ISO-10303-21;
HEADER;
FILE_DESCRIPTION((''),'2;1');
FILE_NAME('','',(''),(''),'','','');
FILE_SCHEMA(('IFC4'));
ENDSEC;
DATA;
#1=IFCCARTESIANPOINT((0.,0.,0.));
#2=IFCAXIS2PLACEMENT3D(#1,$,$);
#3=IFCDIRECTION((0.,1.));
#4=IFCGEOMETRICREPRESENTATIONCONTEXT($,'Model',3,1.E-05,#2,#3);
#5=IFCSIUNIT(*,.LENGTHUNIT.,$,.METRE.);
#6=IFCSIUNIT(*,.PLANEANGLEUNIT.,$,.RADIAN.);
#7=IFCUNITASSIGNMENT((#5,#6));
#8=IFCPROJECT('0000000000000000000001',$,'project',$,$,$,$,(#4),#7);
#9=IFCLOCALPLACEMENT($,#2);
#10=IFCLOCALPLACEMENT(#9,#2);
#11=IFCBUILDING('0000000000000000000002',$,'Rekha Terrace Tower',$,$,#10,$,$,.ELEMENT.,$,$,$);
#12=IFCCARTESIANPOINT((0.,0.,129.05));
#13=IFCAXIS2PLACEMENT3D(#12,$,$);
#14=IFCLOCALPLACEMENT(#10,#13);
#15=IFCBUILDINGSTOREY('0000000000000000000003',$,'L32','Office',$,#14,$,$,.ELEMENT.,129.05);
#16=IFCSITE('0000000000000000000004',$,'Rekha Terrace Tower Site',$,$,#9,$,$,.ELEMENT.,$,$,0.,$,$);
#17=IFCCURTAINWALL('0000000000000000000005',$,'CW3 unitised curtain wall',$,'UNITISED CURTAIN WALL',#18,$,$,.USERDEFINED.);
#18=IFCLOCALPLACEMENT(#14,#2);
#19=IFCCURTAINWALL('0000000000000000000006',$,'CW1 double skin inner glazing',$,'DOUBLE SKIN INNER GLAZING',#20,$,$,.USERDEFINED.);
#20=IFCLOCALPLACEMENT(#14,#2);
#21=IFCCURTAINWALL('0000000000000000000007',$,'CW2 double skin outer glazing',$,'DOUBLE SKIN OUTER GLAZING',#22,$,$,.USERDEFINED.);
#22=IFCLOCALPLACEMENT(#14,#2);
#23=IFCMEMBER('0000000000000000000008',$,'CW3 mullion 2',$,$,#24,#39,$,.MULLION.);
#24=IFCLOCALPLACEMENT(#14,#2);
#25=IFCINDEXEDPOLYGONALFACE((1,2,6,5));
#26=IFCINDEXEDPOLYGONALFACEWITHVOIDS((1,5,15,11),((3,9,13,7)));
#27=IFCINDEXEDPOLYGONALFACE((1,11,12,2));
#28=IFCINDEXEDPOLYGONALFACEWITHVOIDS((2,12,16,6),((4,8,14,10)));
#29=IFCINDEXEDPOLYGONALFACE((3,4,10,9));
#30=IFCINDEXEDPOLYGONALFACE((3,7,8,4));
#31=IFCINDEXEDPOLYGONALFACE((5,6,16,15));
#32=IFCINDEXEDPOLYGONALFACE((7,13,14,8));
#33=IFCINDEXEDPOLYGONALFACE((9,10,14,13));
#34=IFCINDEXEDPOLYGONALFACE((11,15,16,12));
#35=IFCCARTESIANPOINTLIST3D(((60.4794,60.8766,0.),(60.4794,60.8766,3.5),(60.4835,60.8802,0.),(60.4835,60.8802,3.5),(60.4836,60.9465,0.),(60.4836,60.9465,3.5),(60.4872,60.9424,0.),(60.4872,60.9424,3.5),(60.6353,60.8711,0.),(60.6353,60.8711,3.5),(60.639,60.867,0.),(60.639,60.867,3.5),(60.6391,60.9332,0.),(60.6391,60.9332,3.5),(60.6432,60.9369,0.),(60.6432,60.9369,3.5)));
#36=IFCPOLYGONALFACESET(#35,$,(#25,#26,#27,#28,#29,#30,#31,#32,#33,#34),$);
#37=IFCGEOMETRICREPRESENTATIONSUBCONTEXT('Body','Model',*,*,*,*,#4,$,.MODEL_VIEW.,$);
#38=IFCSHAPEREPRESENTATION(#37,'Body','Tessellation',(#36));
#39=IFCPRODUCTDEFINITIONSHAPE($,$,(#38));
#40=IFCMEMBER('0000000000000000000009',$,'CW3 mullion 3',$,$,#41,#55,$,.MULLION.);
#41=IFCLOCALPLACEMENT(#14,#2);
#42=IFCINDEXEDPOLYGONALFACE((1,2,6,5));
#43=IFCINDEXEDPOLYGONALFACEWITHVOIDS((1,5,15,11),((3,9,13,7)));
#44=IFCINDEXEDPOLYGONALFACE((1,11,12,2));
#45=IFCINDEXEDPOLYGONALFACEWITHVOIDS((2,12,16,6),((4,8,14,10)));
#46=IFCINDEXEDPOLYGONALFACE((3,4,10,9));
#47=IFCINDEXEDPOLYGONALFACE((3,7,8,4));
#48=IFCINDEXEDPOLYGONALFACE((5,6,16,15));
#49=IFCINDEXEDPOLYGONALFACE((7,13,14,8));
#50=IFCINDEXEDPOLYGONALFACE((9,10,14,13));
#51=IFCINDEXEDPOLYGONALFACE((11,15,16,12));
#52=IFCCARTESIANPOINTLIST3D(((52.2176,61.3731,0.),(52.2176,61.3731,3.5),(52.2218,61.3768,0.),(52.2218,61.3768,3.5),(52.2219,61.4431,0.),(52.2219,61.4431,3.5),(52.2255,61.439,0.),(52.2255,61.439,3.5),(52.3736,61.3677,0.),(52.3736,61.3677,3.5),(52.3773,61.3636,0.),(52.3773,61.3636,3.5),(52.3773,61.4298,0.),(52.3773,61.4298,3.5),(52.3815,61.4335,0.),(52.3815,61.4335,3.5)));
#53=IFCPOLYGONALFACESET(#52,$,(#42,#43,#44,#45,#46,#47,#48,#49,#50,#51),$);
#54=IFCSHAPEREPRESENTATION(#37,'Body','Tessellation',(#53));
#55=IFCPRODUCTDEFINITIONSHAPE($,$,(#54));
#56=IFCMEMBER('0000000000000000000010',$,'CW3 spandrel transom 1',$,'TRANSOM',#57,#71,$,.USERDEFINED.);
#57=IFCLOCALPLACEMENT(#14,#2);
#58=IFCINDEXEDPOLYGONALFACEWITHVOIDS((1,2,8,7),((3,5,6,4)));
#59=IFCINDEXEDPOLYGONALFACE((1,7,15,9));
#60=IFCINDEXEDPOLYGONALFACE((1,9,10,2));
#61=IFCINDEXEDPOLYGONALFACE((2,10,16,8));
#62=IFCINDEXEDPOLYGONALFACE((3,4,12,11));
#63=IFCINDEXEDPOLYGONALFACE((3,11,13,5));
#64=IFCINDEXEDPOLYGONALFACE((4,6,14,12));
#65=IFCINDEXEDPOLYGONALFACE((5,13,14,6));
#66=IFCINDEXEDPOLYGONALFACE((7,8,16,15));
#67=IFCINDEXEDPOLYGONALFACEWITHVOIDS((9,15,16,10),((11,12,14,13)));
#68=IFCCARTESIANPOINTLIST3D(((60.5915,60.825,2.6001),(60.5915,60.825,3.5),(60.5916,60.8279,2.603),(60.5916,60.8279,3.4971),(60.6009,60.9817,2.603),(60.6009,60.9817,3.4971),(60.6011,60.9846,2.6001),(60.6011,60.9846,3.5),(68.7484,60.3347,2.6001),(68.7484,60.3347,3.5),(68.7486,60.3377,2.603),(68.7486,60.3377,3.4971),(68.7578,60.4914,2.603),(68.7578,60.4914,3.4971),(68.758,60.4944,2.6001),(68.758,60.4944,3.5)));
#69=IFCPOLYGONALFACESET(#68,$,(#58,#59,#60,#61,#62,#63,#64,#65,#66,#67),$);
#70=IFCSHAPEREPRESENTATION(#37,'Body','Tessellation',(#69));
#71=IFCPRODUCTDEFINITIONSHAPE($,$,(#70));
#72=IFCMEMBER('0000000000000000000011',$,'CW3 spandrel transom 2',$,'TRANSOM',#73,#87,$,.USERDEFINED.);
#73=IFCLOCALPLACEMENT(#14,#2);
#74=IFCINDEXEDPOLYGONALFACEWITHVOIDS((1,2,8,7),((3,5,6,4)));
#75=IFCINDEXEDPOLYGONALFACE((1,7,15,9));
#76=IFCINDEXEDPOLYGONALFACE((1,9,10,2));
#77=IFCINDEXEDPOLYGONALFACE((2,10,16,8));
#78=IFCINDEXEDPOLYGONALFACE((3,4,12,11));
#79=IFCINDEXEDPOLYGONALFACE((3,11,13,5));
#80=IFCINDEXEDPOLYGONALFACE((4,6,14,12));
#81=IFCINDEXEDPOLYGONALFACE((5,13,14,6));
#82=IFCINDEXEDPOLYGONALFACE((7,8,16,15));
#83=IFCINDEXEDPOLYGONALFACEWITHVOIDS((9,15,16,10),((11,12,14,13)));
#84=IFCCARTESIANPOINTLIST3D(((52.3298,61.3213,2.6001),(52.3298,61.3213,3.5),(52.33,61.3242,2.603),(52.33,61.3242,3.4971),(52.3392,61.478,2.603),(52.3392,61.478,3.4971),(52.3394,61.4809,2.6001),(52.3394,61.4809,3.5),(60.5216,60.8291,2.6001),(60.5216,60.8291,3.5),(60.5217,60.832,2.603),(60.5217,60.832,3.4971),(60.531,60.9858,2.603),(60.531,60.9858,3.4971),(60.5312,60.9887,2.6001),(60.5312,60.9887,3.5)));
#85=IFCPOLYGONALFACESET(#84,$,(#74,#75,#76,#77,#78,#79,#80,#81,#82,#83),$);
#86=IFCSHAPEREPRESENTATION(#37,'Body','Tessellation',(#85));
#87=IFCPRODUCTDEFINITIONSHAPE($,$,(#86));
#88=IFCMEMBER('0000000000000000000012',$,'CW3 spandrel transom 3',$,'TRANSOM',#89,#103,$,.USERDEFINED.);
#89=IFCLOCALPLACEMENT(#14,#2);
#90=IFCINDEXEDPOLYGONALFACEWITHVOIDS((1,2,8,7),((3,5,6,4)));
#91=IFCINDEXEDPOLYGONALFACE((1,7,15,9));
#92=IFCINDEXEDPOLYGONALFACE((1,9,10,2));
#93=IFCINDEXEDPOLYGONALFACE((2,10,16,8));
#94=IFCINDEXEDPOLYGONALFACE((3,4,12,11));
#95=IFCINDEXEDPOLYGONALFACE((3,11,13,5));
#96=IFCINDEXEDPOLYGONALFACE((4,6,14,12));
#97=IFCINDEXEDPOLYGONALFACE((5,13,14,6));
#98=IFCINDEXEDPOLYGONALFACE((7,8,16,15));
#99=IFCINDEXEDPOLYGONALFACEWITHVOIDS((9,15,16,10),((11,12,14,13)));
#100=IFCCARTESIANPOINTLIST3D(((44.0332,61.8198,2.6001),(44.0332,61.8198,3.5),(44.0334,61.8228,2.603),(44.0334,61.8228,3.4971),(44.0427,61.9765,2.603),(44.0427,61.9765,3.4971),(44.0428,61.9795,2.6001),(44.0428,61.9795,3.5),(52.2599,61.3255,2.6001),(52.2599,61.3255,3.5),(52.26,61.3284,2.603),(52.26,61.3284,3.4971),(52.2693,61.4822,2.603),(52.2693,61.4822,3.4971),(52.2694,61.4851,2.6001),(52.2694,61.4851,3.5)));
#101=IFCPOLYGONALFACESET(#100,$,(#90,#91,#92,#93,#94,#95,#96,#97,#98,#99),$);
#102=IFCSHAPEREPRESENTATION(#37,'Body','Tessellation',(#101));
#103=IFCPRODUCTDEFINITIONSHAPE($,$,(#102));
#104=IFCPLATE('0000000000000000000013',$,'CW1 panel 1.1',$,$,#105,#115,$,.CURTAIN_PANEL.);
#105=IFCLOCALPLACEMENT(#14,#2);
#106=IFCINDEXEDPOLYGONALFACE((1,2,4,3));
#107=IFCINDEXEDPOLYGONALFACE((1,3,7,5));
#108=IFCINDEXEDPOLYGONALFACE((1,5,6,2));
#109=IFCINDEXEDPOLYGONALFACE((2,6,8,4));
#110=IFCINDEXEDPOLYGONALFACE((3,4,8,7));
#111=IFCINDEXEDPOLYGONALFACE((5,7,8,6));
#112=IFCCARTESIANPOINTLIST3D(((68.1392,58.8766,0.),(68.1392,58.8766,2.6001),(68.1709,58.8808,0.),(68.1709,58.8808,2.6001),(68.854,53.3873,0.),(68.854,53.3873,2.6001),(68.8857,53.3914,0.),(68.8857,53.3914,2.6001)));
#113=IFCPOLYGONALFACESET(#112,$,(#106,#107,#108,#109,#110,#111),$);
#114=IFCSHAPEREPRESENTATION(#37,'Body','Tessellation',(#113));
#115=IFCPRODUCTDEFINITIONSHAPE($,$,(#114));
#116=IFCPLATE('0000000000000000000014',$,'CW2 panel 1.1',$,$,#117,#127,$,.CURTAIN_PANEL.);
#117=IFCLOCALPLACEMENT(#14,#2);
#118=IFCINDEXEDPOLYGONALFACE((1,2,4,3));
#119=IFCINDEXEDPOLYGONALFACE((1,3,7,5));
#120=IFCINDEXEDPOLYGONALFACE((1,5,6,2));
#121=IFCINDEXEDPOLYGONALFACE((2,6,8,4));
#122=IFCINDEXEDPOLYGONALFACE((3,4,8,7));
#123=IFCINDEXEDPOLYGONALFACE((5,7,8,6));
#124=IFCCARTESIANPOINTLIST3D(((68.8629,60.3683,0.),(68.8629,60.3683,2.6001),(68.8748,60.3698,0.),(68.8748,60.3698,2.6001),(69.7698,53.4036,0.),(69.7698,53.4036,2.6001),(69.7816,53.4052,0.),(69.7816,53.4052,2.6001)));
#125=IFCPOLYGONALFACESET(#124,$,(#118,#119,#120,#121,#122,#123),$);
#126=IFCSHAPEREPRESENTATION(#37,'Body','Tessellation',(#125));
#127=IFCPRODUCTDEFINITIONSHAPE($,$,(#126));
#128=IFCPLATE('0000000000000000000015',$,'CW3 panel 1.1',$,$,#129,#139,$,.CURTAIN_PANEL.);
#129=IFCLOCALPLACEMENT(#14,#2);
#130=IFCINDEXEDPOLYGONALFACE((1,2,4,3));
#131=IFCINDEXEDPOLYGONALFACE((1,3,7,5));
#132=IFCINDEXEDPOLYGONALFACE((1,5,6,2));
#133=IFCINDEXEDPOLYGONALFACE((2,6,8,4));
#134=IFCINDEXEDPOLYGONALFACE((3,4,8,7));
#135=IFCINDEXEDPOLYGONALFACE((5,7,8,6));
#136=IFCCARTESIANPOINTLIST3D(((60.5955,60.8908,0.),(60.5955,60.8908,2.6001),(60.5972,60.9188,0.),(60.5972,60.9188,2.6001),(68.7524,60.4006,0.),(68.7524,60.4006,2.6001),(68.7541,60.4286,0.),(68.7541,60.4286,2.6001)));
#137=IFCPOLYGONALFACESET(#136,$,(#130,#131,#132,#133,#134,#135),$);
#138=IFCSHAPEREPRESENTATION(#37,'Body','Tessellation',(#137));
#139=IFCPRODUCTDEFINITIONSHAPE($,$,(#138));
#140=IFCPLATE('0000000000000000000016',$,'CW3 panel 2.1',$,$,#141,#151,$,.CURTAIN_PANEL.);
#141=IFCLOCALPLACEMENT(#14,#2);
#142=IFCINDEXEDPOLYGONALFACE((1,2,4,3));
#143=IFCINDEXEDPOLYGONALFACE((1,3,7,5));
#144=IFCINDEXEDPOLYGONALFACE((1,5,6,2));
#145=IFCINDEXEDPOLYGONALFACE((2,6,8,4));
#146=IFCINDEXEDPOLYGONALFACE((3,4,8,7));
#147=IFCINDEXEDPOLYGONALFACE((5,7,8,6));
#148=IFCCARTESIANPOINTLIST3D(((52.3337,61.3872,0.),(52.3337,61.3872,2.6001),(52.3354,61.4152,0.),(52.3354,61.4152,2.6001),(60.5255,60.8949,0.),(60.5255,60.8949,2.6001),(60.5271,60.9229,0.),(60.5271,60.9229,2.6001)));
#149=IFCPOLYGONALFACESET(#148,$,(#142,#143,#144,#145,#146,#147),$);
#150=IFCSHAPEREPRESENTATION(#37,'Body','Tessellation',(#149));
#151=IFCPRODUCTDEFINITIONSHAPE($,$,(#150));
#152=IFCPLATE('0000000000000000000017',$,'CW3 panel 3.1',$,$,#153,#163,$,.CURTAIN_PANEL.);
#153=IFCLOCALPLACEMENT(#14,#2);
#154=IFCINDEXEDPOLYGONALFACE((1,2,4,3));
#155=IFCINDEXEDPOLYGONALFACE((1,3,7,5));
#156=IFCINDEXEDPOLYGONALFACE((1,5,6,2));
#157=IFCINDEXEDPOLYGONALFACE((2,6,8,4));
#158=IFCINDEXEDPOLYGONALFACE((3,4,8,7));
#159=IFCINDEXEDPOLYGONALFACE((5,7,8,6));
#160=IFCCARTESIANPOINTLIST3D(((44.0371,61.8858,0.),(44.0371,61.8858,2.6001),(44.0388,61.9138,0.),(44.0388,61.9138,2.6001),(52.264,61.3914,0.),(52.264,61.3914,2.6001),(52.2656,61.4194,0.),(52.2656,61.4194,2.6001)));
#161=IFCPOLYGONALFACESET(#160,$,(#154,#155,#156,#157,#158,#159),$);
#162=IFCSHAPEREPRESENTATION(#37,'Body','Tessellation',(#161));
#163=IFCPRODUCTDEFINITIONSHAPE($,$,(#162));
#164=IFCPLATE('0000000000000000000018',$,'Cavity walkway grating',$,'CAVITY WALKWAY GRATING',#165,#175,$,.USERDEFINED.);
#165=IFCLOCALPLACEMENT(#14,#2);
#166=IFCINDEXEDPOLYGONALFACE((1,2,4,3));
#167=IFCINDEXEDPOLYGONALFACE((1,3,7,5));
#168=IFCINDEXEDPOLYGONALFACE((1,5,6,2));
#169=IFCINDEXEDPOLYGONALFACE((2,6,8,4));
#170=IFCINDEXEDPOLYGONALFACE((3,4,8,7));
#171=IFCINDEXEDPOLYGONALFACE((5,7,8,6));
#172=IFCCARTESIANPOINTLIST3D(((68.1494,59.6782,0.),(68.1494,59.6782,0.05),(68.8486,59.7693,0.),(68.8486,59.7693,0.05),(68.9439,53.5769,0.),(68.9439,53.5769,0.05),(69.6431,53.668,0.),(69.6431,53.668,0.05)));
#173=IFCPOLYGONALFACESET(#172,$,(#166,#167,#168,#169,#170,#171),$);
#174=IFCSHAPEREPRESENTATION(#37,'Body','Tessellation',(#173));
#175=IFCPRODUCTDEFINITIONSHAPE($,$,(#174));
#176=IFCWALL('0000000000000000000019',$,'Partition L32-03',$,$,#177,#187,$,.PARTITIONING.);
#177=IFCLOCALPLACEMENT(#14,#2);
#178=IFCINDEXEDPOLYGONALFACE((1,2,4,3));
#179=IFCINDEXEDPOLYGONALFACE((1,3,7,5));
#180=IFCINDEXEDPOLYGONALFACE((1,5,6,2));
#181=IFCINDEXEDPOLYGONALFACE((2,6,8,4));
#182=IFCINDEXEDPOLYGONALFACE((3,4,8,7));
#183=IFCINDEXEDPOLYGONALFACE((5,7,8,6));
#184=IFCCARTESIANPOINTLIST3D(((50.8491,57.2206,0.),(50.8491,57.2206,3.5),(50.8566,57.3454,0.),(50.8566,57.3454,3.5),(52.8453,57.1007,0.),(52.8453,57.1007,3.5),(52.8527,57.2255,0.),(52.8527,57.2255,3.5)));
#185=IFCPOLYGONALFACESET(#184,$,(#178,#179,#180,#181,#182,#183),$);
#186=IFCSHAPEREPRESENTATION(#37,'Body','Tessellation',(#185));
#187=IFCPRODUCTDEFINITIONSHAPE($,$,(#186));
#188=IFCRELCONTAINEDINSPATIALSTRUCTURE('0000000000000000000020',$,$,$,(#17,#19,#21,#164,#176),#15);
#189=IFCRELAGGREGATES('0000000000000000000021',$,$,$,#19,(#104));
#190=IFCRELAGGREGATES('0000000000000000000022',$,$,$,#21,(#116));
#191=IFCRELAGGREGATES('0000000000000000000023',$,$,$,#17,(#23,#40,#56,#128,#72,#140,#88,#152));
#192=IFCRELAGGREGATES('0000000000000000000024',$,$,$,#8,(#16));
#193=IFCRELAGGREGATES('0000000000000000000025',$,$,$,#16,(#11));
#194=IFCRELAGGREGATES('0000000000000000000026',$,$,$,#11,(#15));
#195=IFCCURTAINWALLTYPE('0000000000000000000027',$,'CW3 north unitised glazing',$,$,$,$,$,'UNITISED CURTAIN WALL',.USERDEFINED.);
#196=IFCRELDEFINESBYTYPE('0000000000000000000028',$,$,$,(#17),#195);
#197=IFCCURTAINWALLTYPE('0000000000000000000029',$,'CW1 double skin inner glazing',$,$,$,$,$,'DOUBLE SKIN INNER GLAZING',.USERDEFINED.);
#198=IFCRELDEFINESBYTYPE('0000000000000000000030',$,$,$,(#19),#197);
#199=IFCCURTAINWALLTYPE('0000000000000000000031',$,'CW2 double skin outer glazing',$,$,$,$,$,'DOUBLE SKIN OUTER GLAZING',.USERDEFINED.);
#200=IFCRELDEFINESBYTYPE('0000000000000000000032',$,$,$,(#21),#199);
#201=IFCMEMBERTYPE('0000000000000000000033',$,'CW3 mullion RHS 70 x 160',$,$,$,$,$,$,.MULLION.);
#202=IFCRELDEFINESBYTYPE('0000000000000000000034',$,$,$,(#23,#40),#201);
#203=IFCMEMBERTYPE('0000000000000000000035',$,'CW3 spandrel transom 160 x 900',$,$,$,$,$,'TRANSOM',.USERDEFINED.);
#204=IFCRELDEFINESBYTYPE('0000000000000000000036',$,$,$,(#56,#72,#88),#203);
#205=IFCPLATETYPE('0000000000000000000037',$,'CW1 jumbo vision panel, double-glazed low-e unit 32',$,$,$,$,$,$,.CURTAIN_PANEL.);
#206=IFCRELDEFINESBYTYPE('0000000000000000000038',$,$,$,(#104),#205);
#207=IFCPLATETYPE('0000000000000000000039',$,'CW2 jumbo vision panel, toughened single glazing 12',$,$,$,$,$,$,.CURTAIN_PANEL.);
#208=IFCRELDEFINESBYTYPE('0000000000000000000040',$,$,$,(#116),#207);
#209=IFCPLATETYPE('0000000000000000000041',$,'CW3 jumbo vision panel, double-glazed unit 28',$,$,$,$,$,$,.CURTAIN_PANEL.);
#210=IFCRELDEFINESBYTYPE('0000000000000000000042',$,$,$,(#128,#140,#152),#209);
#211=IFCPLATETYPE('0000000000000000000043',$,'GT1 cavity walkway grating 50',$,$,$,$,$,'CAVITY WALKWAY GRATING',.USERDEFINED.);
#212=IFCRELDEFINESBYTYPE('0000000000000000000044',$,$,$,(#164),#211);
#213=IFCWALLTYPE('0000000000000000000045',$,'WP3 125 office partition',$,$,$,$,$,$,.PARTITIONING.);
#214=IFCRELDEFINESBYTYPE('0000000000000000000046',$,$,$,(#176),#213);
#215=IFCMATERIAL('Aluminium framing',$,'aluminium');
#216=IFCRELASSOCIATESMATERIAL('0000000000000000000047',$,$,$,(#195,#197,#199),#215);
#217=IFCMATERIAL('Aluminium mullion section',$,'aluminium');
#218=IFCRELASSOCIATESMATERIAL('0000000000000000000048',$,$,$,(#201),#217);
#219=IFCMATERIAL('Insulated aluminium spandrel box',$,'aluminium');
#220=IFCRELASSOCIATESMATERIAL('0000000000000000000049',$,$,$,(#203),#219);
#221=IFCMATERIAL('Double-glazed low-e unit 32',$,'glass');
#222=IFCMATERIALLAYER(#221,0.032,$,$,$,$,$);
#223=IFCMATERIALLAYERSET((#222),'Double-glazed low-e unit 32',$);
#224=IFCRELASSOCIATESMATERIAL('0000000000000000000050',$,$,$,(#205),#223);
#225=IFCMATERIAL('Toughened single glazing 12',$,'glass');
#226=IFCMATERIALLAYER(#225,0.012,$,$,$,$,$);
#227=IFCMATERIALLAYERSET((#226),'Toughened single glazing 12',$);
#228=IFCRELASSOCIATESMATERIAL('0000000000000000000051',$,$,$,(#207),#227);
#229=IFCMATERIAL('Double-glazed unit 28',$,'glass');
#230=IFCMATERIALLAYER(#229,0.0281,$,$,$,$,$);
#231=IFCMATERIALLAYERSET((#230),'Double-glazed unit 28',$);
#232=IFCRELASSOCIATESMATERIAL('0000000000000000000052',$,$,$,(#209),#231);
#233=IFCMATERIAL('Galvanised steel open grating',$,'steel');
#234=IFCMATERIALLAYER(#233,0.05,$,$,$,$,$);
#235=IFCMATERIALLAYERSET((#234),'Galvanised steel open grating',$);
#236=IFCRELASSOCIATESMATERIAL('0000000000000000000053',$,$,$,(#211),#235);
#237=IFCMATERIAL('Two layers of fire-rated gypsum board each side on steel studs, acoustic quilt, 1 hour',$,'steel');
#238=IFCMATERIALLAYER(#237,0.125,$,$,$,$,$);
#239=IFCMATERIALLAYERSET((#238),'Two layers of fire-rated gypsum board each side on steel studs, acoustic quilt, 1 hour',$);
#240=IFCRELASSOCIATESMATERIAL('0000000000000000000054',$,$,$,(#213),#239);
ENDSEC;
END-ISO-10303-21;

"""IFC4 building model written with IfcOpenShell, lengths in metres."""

from ifc_helpers import new_model, si_unit, direction, frame, frame_2d, origin, origin_2d, place, context, subcontext, project, spatial, rectangle, hollow_rectangle, extrude, material, layer, layer_set, material_profile, profile_set, type_object, element, aggregate, save


model = new_model("IFC4")

# Units and contexts
model_context = context("Model", 3, precision=1e-05, world=origin(), true_north=direction((0.0, 1.0)))
body_context = subcontext(model_context, "Body", "Model", "MODEL_VIEW")
ifc_project = project(units=[si_unit("LENGTHUNIT", "METRE"), si_unit("PLANEANGLEUNIT", "RADIAN")], contexts=[model_context])

# Site, building, storey
site_placement = place(None, origin())
site = spatial("IfcSite", under=ifc_project, at=site_placement, Name="Rekha Terrace Tower Site", CompositionType="ELEMENT", RefElevation=0.0)
building_placement = place(site_placement, origin())
building = spatial("IfcBuilding", under=site, at=building_placement, Name="Rekha Terrace Tower", CompositionType="ELEMENT")
storey_placement = place(building_placement, frame((0.0, 0.0, 129.05)))
storey = spatial("IfcBuildingStorey", under=building, at=storey_placement, Name="L32", Description="Office", CompositionType="ELEMENT", Elevation=129.05)

# Curtain walls
ifc_material_1 = material(Name="Aluminium framing", Category="aluminium")
curtain_wall_type_1 = type_object("IfcCurtainWallType", Name="CW3 north unitised glazing", ElementType="UNITISED CURTAIN WALL", PredefinedType="USERDEFINED", material=ifc_material_1)
curtain_wall_1_placement = place(storey_placement, origin())
curtain_wall_1 = element("IfcCurtainWall", 1, at=curtain_wall_1_placement, inside=storey, type_object=curtain_wall_type_1, Name="CW3 unitised curtain wall", ObjectType="UNITISED CURTAIN WALL", PredefinedType="USERDEFINED")
curtain_wall_type_2 = type_object("IfcCurtainWallType", Name="CW1 double skin inner glazing", ElementType="DOUBLE SKIN INNER GLAZING", PredefinedType="USERDEFINED", material=ifc_material_1)
curtain_wall_2_placement = place(storey_placement, origin())
curtain_wall_2 = element("IfcCurtainWall", 2, at=curtain_wall_2_placement, inside=storey, type_object=curtain_wall_type_2, Name="CW1 double skin inner glazing", ObjectType="DOUBLE SKIN INNER GLAZING", PredefinedType="USERDEFINED")
ifc_material_2 = material(Name="Aluminium mullion section", Category="aluminium")
ifc_material_3 = material(Name="Insulated aluminium spandrel box", Category="aluminium")
curtain_wall_type_3 = type_object("IfcCurtainWallType", Name="CW2 double skin outer glazing", ElementType="DOUBLE SKIN OUTER GLAZING", PredefinedType="USERDEFINED", material=ifc_material_1)
curtain_wall_3_placement = place(storey_placement, origin())
curtain_wall_3 = element("IfcCurtainWall", 3, at=curtain_wall_3_placement, inside=storey, type_object=curtain_wall_type_3, Name="CW2 double skin outer glazing", ObjectType="DOUBLE SKIN OUTER GLAZING", PredefinedType="USERDEFINED")

# Members
ifc_material_profile_1 = material_profile(ifc_material_2, hollow_rectangle(XDim=0.0701, YDim=0.1599, WallThickness=0.0039, at=origin_2d()), Name="AL RHS 70x160")
ifc_profile_set_1 = profile_set([ifc_material_profile_1], Name="Aluminium mullion section")
member_type_1 = type_object("IfcMemberType", Name="CW3 mullion RHS 70 x 160", PredefinedType="MULLION", material=ifc_profile_set_1)
member_1_placement = place(storey_placement, frame((60.5613, 60.9067, 0.0), z_axis=(0.0, 0.0, 1.0), x_axis=(-0.059988, -0.998199, 0.0)))
member_1 = element("IfcMember", 4, at=member_1_placement, type_object=member_type_1, Name="CW3 mullion 2", PredefinedType="MULLION", context=body_context, shape_type="SweptSolid", body=[
    extrude(hollow_rectangle(XDim=0.0701, YDim=0.1599, WallThickness=0.0039, at=origin_2d()), origin(), (0.0, 0.0, 1.0), 3.5),
])
member_2_placement = place(storey_placement, frame((52.2996, 61.4033, 0.0), z_axis=(0.0, 0.0, 1.0), x_axis=(-0.059988, -0.998199, 0.0)))
member_2 = element("IfcMember", 5, at=member_2_placement, type_object=member_type_1, Name="CW3 mullion 3", PredefinedType="MULLION", context=body_context, shape_type="SweptSolid", body=[
    extrude(hollow_rectangle(XDim=0.0701, YDim=0.1599, WallThickness=0.0039, at=origin_2d()), origin(), (0.0, 0.0, 1.0), 3.5),
])
ifc_material_profile_2 = material_profile(ifc_material_3, hollow_rectangle(XDim=0.1599, YDim=0.8999, WallThickness=0.0029, at=origin_2d()), Name="AL SPANDREL BOX 160x900")
ifc_profile_set_2 = profile_set([ifc_material_profile_2], Name="Insulated aluminium spandrel box")
member_type_2 = type_object("IfcMemberType", Name="CW3 spandrel transom 160 x 900", ElementType="TRANSOM", PredefinedType="USERDEFINED", material=ifc_profile_set_2)
member_3_placement = place(storey_placement, frame((68.7532, 60.4146, 3.05), z_axis=(-0.998199, 0.059992, 0.0), x_axis=(-0.059992, -0.998199, 0.0)))
member_3 = element("IfcMember", 6, at=member_3_placement, type_object=member_type_2, Name="CW3 spandrel transom 1", ObjectType="TRANSOM", PredefinedType="USERDEFINED", context=body_context, shape_type="SweptSolid", body=[
    extrude(hollow_rectangle(XDim=0.1599, YDim=0.8999, WallThickness=0.0029, at=origin_2d()), origin(), (0.0, 0.0, 1.0), 8.1716),
])
member_4_placement = place(storey_placement, frame((60.5264, 60.9089, 3.05), z_axis=(-0.9982, 0.059976, 0.0), x_axis=(-0.059976, -0.9982, 0.0)))
member_4 = element("IfcMember", 7, at=member_4_placement, type_object=member_type_2, Name="CW3 spandrel transom 2", ObjectType="TRANSOM", PredefinedType="USERDEFINED", context=body_context, shape_type="SweptSolid", body=[
    extrude(hollow_rectangle(XDim=0.1599, YDim=0.8999, WallThickness=0.0029, at=origin_2d()), origin(), (0.0, 0.0, 1.0), 8.2065),
])
member_5_placement = place(storey_placement, frame((52.2646, 61.4053, 3.05), z_axis=(-0.998199, 0.059988, 0.0), x_axis=(-0.059988, -0.998199, 0.0)))
member_5 = element("IfcMember", 8, at=member_5_placement, type_object=member_type_2, Name="CW3 spandrel transom 3", ObjectType="TRANSOM", PredefinedType="USERDEFINED", context=body_context, shape_type="SweptSolid", body=[
    extrude(hollow_rectangle(XDim=0.1599, YDim=0.8999, WallThickness=0.0029, at=origin_2d()), origin(), (0.0, 0.0, 1.0), 8.2415),
])

# Plates
ifc_material_4 = material(Name="Double-glazed low-e unit 32", Category="glass")
ifc_layer_1 = layer(ifc_material_4, 0.032)
ifc_layer_set_1 = layer_set([ifc_layer_1], Name="Double-glazed low-e unit 32")
plate_type_1 = type_object("IfcPlateType", Name="CW1 jumbo vision panel, double-glazed low-e unit 32", PredefinedType="CURTAIN_PANEL", material=ifc_layer_set_1)
plate_1_placement = place(storey_placement, frame((68.5125, 56.134, 0.0), z_axis=(0.0, 0.0, 1.0), x_axis=(-0.129118, 0.991629, 0.0)))
plate_1 = element("IfcPlate", 9, at=plate_1_placement, type_object=plate_type_1, Name="CW1 panel 1.1", PredefinedType="CURTAIN_PANEL", context=body_context, shape_type="SweptSolid", body=[
    extrude(rectangle(XDim=5.5356, YDim=0.032, at=origin_2d()), origin(), (0.0, 0.0, 1.0), 2.6001),
])
aggregate(curtain_wall_2, [plate_1])
ifc_material_5 = material(Name="Toughened single glazing 12", Category="glass")
ifc_layer_2 = layer(ifc_material_5, 0.012)
ifc_layer_set_2 = layer_set([ifc_layer_2], Name="Toughened single glazing 12")
plate_type_2 = type_object("IfcPlateType", Name="CW2 jumbo vision panel, toughened single glazing 12", PredefinedType="CURTAIN_PANEL", material=ifc_layer_set_2)
plate_2_placement = place(storey_placement, frame((69.3223, 56.8867, 0.0), z_axis=(0.0, 0.0, 1.0), x_axis=(-0.129118, 0.991629, 0.0)))
plate_2 = element("IfcPlate", 10, at=plate_2_placement, type_object=plate_type_2, Name="CW2 panel 1.1", PredefinedType="CURTAIN_PANEL", context=body_context, shape_type="SweptSolid", body=[
    extrude(rectangle(XDim=7.0234, YDim=0.012, at=origin_2d()), origin(), (0.0, 0.0, 1.0), 2.6001),
])
aggregate(curtain_wall_3, [plate_2])
ifc_material_6 = material(Name="Double-glazed unit 28", Category="glass")
ifc_layer_3 = layer(ifc_material_6, 0.0281)
ifc_layer_set_3 = layer_set([ifc_layer_3], Name="Double-glazed unit 28")
plate_type_3 = type_object("IfcPlateType", Name="CW3 jumbo vision panel, double-glazed unit 28", PredefinedType="CURTAIN_PANEL", material=ifc_layer_set_3)
plate_3_placement = place(storey_placement, frame((64.6748, 60.6597, 0.0), z_axis=(0.0, 0.0, 1.0), x_axis=(-0.998199, 0.059988, 0.0)))
plate_3 = element("IfcPlate", 11, at=plate_3_placement, type_object=plate_type_3, Name="CW3 panel 1.1", PredefinedType="CURTAIN_PANEL", context=body_context, shape_type="SweptSolid", body=[
    extrude(rectangle(XDim=8.1716, YDim=0.0281, at=origin_2d()), origin(), (0.0, 0.0, 1.0), 2.6001),
])
plate_4_placement = place(storey_placement, frame((56.4304, 61.155, 0.0), z_axis=(0.0, 0.0, 1.0), x_axis=(-0.998199, 0.059988, 0.0)))
plate_4 = element("IfcPlate", 12, at=plate_4_placement, type_object=plate_type_3, Name="CW3 panel 2.1", PredefinedType="CURTAIN_PANEL", context=body_context, shape_type="SweptSolid", body=[
    extrude(rectangle(XDim=8.2065, YDim=0.0281, at=origin_2d()), origin(), (0.0, 0.0, 1.0), 2.6001),
])
plate_5_placement = place(storey_placement, frame((48.1514, 61.6526, 0.0), z_axis=(0.0, 0.0, 1.0), x_axis=(-0.998199, 0.059988, 0.0)))
plate_5 = element("IfcPlate", 13, at=plate_5_placement, type_object=plate_type_3, Name="CW3 panel 3.1", PredefinedType="CURTAIN_PANEL", context=body_context, shape_type="SweptSolid", body=[
    extrude(rectangle(XDim=8.2417, YDim=0.0281, at=origin_2d()), origin(), (0.0, 0.0, 1.0), 2.6001),
])
aggregate(curtain_wall_1, [member_1, member_2, member_3, plate_3, member_4, plate_4, member_5, plate_5])
ifc_material_7 = material(Name="Galvanised steel open grating", Category="steel")
ifc_layer_4 = layer(ifc_material_7, 0.05)
ifc_layer_set_4 = layer_set([ifc_layer_4], Name="Galvanised steel open grating")
plate_type_4 = type_object("IfcPlateType", Name="GT1 cavity walkway grating 50", ElementType="CAVITY WALKWAY GRATING", PredefinedType="USERDEFINED", material=ifc_layer_set_4)
plate_6_placement = place(storey_placement, frame((68.8962, 56.6731, 0.0), z_axis=(0.0, 0.0, 1.0), x_axis=(-0.129118, 0.991629, 0.0)))
element("IfcPlate", 14, at=plate_6_placement, inside=storey, type_object=plate_type_4, Name="Cavity walkway grating", ObjectType="CAVITY WALKWAY GRATING", PredefinedType="USERDEFINED", context=body_context, shape_type="SweptSolid", body=[
    extrude(rectangle(XDim=6.1528, YDim=0.7051, at=origin_2d()), origin(), (0.0, 0.0, 1.0), 0.05),
])

# Wall
ifc_material_8 = material(Name="Two layers of fire-rated gypsum board each side on steel studs, acoustic quilt, 1 hour", Category="steel")
ifc_layer_5 = layer(ifc_material_8, 0.125)
ifc_layer_set_5 = layer_set([ifc_layer_5], Name="Two layers of fire-rated gypsum board each side on steel studs, acoustic quilt, 1 hour")
wall_type = type_object("IfcWallType", Name="WP3 125 office partition", PredefinedType="PARTITIONING", material=ifc_layer_set_5)
wall_1_placement = place(storey_placement, frame((52.8491, 57.1631, 0.0), z_axis=(0.0, 0.0, 1.0), x_axis=(-0.998202, 0.059946, 0.0)))
element("IfcWall", 15, at=wall_1_placement, inside=storey, type_object=wall_type, Name="Partition L32-03", PredefinedType="PARTITIONING", context=body_context, shape_type="SweptSolid", body=[
    extrude(rectangle(XDim=1.9998, YDim=0.125, at=frame_2d((1.0, 0.0))), origin(), (0.0, 0.0, 1.0), 3.5),
])

save(model, "model.ifc")
